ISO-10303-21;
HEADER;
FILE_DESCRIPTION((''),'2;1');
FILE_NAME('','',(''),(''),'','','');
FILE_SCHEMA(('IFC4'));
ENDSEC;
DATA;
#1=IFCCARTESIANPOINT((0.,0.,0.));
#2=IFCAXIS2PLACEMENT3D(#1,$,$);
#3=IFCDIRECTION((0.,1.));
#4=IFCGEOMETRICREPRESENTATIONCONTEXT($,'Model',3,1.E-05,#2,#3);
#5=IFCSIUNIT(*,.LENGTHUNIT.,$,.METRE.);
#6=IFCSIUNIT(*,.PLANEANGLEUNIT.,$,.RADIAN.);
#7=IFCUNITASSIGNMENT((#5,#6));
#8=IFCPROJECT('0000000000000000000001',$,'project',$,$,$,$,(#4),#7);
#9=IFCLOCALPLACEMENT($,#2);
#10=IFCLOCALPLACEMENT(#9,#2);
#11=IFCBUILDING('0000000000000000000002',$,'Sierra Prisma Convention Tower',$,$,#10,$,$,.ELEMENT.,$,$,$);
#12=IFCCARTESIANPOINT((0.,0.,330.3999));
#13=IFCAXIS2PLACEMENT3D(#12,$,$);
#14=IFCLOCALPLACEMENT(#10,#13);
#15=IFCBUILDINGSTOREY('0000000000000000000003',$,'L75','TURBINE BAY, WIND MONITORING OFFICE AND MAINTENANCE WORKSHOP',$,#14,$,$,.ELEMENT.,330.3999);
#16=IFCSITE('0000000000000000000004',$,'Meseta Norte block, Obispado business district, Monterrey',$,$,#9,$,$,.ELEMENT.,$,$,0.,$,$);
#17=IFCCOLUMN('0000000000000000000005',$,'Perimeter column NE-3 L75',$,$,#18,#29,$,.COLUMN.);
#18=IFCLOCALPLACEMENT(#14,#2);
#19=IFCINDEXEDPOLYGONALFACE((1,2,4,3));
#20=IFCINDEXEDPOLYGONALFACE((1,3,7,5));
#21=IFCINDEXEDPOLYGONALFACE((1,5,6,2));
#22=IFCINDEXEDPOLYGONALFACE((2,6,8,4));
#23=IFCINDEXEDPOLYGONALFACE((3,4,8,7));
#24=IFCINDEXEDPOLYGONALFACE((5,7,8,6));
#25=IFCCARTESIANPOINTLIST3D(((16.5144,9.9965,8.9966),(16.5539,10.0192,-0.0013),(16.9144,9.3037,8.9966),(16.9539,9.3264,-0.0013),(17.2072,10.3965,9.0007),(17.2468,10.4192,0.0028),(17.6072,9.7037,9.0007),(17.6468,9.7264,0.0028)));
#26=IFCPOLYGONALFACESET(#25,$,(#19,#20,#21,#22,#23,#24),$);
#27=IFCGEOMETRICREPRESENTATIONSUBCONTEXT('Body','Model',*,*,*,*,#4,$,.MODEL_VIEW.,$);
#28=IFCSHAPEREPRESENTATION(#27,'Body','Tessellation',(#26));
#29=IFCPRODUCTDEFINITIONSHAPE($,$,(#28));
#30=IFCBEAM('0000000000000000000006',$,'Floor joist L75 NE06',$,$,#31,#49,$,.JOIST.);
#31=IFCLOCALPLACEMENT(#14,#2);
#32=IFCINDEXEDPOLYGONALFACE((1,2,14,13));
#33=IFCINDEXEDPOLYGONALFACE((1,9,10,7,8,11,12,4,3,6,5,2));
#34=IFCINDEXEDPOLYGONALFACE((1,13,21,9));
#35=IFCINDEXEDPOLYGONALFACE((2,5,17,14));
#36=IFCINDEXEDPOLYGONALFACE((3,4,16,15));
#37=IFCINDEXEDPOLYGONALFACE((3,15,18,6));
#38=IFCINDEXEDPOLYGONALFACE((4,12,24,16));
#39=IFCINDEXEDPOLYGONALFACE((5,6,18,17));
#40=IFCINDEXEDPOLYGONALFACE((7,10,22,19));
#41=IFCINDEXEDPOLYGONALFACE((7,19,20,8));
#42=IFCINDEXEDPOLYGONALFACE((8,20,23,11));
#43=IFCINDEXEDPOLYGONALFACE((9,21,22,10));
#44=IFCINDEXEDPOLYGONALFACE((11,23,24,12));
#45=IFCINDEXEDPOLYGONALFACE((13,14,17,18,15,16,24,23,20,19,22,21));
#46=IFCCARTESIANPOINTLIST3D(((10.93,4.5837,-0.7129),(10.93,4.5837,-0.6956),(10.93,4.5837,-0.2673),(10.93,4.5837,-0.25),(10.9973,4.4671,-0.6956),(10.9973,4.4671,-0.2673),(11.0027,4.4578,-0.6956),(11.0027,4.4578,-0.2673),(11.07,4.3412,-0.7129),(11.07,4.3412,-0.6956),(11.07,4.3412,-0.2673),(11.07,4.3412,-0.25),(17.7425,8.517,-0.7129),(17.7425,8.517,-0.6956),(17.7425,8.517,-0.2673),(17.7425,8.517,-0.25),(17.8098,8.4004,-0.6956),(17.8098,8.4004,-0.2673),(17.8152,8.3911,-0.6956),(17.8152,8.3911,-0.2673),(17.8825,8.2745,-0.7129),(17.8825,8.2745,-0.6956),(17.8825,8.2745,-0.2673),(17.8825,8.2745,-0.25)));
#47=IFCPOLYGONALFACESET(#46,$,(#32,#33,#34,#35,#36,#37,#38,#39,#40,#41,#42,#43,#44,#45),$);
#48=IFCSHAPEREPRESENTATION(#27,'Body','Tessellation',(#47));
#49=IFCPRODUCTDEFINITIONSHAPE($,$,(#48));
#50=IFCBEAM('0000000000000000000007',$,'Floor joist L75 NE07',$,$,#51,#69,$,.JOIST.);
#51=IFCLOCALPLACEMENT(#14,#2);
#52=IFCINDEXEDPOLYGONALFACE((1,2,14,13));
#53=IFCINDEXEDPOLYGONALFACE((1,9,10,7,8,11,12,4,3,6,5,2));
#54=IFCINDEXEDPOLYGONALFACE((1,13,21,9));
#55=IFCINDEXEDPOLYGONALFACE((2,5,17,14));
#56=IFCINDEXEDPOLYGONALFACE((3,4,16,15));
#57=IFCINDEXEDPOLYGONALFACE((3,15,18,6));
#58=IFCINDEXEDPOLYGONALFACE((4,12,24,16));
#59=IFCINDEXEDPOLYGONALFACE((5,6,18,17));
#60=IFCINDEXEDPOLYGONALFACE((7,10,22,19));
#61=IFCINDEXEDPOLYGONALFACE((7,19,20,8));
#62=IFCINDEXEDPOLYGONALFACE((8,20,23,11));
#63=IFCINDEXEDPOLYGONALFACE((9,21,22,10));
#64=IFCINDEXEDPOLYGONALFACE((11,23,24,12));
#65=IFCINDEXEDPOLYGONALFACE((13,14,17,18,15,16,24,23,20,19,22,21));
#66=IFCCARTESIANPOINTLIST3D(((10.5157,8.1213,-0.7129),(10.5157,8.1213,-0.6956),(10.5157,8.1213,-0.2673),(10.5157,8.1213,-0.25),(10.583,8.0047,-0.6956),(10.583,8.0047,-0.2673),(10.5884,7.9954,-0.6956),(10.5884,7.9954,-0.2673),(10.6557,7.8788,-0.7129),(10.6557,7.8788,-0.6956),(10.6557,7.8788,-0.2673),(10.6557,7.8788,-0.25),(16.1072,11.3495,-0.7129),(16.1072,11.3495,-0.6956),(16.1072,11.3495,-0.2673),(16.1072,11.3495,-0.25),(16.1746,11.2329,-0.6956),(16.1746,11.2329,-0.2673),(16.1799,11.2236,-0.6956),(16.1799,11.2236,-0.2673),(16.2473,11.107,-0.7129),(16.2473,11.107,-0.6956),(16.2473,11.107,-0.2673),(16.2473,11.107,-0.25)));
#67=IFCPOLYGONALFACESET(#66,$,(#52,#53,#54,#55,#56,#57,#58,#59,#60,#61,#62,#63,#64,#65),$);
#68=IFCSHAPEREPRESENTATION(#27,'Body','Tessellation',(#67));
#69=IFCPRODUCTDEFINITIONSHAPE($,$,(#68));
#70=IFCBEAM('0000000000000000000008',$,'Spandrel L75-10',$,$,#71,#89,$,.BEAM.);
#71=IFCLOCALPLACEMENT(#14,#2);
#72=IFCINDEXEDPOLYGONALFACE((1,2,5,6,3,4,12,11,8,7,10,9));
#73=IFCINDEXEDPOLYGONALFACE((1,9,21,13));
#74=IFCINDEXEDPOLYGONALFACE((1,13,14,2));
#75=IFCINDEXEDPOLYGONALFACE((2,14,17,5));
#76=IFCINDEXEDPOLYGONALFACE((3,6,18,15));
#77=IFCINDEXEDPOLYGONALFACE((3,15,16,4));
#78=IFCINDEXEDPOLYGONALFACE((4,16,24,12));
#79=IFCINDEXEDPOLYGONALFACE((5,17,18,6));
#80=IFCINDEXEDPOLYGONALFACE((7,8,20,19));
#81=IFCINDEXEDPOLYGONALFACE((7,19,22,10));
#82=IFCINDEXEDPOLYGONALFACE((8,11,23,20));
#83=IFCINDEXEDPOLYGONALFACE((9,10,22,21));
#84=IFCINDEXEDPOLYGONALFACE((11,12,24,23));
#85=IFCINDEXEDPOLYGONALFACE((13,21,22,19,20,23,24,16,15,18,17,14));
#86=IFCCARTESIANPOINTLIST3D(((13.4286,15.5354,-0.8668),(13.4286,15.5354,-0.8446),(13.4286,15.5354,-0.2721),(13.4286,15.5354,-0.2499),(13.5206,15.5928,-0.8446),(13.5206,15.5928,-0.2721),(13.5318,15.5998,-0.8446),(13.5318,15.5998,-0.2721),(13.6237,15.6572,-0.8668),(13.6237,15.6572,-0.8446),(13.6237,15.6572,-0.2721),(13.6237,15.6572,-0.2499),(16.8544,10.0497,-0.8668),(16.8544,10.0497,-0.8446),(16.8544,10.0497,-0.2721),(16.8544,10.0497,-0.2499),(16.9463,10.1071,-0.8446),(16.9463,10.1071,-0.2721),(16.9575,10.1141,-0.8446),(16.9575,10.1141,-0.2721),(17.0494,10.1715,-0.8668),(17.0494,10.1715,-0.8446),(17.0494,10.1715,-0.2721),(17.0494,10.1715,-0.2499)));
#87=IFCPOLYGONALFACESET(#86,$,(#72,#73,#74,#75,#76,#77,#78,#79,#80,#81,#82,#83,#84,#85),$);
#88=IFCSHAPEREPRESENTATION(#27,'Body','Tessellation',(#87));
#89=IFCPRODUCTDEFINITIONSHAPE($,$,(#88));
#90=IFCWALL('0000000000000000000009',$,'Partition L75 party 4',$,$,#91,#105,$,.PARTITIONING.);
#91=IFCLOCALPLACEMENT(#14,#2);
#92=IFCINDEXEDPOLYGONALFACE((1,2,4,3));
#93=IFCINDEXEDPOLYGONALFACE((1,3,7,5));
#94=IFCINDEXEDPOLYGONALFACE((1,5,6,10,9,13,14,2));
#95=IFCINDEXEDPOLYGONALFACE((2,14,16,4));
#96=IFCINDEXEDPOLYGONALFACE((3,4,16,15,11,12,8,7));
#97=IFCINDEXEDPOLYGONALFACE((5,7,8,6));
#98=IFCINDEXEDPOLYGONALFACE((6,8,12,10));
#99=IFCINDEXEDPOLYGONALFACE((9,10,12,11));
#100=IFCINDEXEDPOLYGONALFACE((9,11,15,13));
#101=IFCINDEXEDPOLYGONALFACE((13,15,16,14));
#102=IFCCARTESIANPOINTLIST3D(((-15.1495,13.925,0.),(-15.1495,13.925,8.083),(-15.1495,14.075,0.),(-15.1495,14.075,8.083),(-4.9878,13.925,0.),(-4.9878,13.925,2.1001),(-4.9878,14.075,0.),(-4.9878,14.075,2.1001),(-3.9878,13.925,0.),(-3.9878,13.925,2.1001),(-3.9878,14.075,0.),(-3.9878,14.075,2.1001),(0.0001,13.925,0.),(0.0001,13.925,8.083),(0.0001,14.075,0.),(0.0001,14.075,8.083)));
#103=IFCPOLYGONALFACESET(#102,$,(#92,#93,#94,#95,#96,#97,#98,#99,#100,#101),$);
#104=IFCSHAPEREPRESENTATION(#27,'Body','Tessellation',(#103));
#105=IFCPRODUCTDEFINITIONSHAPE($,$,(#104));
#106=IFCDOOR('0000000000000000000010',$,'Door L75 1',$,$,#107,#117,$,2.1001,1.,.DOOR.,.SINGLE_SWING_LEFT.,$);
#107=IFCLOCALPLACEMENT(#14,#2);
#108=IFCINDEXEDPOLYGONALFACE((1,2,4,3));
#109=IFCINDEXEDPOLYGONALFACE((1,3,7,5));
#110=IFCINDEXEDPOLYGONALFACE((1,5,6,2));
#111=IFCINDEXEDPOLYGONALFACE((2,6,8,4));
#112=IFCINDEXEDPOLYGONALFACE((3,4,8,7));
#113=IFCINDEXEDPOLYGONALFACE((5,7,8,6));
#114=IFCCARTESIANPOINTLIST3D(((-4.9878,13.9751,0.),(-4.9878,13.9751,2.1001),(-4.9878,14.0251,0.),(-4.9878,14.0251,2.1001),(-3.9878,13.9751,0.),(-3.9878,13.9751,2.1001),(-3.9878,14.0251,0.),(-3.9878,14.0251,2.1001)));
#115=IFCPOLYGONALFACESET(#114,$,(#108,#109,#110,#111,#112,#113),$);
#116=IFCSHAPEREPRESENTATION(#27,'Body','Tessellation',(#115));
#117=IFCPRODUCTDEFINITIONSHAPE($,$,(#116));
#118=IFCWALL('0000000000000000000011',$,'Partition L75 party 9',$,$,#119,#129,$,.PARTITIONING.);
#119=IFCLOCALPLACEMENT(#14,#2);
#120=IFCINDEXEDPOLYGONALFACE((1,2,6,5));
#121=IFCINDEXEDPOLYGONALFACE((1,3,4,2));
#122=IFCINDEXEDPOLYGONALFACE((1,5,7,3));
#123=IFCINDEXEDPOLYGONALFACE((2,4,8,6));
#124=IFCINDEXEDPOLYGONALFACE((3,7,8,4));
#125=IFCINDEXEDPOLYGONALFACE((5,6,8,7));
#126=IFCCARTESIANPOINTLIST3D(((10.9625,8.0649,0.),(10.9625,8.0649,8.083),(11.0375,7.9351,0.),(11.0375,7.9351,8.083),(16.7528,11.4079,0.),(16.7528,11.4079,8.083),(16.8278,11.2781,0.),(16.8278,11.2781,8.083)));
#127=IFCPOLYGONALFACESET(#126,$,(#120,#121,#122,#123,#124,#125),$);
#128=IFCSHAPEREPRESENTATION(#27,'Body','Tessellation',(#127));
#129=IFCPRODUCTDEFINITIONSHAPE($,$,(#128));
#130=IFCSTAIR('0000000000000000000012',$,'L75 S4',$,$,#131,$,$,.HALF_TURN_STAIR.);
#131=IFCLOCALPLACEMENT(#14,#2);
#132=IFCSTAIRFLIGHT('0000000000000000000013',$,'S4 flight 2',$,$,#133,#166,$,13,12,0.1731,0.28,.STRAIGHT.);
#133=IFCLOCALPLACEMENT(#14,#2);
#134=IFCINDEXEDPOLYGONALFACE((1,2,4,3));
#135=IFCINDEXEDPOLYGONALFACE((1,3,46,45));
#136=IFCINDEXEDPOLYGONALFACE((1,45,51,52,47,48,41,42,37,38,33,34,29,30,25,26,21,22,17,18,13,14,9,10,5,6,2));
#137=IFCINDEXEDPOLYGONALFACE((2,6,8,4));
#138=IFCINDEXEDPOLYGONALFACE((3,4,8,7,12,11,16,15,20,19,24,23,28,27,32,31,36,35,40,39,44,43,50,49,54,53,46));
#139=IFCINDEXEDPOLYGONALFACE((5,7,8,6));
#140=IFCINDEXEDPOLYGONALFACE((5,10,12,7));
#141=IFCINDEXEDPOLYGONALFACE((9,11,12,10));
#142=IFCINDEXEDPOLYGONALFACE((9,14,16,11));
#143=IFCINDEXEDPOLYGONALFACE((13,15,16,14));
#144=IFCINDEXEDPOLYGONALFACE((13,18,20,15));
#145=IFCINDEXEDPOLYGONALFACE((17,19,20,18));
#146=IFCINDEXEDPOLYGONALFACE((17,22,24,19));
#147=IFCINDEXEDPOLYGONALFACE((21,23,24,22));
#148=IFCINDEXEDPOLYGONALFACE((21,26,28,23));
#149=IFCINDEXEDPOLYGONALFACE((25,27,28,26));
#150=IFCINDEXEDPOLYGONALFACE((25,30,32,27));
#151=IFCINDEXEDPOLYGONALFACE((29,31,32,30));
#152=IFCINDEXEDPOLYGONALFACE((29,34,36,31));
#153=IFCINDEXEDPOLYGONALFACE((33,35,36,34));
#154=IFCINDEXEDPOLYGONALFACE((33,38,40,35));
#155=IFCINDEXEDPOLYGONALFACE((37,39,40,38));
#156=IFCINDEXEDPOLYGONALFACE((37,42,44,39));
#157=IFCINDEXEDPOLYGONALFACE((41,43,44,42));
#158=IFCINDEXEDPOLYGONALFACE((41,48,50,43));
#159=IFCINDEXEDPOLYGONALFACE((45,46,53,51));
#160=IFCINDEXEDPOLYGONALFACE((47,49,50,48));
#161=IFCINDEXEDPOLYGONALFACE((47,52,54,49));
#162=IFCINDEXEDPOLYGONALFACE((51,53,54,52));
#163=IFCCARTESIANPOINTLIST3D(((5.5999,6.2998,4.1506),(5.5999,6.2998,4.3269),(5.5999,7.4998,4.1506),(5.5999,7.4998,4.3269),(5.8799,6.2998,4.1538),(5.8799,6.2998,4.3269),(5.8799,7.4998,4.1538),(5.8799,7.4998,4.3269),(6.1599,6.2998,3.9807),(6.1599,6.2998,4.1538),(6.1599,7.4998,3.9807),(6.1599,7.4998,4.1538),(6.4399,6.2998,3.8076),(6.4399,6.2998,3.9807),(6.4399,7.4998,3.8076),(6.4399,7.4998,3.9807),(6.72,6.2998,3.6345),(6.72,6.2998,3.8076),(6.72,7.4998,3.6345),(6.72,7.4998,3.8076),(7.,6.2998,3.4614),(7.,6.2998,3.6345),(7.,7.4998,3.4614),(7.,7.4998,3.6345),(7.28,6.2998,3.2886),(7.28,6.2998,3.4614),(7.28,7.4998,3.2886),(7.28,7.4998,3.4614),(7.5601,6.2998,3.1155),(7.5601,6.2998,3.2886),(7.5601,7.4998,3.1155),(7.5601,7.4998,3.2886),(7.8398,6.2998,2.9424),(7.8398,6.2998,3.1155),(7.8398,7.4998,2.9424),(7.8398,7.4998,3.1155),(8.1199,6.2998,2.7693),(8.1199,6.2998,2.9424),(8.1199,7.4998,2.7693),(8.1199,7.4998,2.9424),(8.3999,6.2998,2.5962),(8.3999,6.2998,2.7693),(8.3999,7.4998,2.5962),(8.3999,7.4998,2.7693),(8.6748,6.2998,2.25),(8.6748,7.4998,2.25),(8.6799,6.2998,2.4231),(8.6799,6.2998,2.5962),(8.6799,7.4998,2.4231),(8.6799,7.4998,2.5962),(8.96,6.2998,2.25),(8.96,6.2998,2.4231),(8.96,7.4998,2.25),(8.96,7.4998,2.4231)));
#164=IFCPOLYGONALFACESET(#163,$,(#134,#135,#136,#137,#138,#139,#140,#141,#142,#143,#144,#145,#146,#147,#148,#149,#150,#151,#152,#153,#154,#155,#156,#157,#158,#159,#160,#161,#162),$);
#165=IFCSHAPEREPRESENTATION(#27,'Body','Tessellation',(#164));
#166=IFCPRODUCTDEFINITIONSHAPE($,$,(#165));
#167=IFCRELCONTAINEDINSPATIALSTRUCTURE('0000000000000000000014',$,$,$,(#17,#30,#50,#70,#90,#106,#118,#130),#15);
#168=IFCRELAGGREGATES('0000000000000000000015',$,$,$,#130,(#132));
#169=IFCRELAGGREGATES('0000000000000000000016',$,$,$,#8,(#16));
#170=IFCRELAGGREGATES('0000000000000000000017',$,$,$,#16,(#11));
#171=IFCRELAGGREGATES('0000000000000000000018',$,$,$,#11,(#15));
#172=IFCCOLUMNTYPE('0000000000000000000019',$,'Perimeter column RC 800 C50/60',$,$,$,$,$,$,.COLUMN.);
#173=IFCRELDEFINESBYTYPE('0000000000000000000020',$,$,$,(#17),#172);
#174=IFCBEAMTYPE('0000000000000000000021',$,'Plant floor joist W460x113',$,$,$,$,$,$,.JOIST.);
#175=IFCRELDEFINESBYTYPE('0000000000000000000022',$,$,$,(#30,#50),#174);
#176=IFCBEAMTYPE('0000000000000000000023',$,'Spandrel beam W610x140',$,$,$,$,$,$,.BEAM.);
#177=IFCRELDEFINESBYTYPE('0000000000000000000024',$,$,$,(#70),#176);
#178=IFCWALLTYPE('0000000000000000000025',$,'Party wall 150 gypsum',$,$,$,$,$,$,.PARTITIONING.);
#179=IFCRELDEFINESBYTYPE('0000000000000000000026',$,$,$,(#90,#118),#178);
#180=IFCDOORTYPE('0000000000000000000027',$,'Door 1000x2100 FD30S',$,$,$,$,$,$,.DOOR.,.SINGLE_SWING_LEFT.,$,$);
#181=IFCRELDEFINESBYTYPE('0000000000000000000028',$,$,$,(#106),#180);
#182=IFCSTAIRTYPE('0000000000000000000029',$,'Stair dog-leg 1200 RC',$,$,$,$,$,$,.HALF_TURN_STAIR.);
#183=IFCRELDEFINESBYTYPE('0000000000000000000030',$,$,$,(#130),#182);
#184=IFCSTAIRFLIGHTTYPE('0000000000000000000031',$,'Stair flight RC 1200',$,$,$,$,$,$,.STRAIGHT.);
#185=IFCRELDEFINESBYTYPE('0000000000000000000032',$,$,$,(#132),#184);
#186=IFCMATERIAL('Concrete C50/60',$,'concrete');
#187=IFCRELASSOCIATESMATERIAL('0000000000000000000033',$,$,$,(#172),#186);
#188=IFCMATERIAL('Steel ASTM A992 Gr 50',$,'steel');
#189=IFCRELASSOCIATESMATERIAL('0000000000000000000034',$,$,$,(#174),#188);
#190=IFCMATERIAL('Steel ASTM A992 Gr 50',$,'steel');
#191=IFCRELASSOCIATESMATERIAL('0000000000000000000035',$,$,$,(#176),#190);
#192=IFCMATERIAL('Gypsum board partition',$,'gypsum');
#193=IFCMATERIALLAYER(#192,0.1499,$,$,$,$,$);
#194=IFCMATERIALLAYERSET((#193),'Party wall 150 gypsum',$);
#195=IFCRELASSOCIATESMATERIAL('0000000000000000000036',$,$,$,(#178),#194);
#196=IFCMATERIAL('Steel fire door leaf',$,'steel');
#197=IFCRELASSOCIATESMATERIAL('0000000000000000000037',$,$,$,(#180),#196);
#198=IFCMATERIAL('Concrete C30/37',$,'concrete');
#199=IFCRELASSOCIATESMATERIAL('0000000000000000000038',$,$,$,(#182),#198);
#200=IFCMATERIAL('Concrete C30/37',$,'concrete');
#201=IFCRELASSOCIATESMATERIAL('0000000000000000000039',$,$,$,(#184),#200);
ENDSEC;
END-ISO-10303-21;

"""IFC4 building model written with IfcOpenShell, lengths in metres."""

from ifc_helpers import new_model, si_unit, direction, frame, frame_2d, origin, origin_2d, place, context, subcontext, project, spatial, polyline, rectangle, i_section, outline, extrude, clip, halfspace, material, layer, layer_set, material_profile, profile_set, type_object, element, fill, aggregate, save


model = new_model("IFC4")

# Units and contexts
model_context = context("Model", 3, precision=1e-05, world=origin(), true_north=direction((0.0, 1.0)))
body_context = subcontext(model_context, "Body", "Model", "MODEL_VIEW")
ifc_project = project(units=[si_unit("LENGTHUNIT", "METRE"), si_unit("PLANEANGLEUNIT", "RADIAN")], contexts=[model_context])

# Site, building, storey
site_placement = place(None, origin())
site = spatial("IfcSite", under=ifc_project, at=site_placement, Name="Meseta Norte block, Obispado business district, Monterrey", CompositionType="ELEMENT", RefElevation=0.0)
building_placement = place(site_placement, origin())
building = spatial("IfcBuilding", under=site, at=building_placement, Name="Sierra Prisma Convention Tower", CompositionType="ELEMENT")
storey_placement = place(building_placement, frame((0.0, 0.0, 330.3999)))
storey = spatial("IfcBuildingStorey", under=building, at=storey_placement, Name="L75", Description="TURBINE BAY, WIND MONITORING OFFICE AND MAINTENANCE WORKSHOP", CompositionType="ELEMENT", Elevation=330.3999)

# Column
ifc_material_1 = material(Name="Concrete C50/60", Category="concrete")
ifc_material_profile_1 = material_profile(ifc_material_1, rectangle(XDim=0.8, YDim=0.8, at=origin_2d()), Name="Perimeter column RC 800 C50/60")
ifc_profile_set_1 = profile_set([ifc_material_profile_1], Name="Concrete C50/60")
column_type = type_object("IfcColumnType", Name="Perimeter column RC 800 C50/60", PredefinedType="COLUMN", material=ifc_profile_set_1)
column_placement = place(storey_placement, frame((17.1003, 9.8728, 0.0), z_axis=(-0.004394, -0.002523, 0.999987), x_axis=(-0.499995, 0.866028, -0.000012)))
element("IfcColumn", 1, at=column_placement, inside=storey, type_object=column_type, Name="Perimeter column NE-3 L75", PredefinedType="COLUMN", context=body_context, shape_type="SweptSolid", body=[
    clip(clip(extrude(rectangle(XDim=0.8, YDim=0.8, at=origin_2d()), origin(), (0.0, 0.0, 1.0), 9.0), halfspace(frame((0.0, 0.0, 0.0007)), True)), halfspace(frame((0.0, 0.0, 8.9988)), False)),
])

# Beams
ifc_material_2 = material(Name="Steel ASTM A992 Gr 50", Category="steel")
ifc_material_profile_2 = material_profile(ifc_material_2, i_section(OverallWidth=0.28, OverallDepth=0.4629, WebThickness=0.0107, FlangeThickness=0.0173, at=origin_2d()), Name="W460x113")
ifc_profile_set_2 = profile_set([ifc_material_profile_2], Name="Steel ASTM A992 Gr 50")
beam_type_1 = type_object("IfcBeamType", Name="Plant floor joist W460x113", PredefinedType="JOIST", material=ifc_profile_set_2)
beam_1_placement = place(storey_placement, frame((17.8125, 8.3958, -0.4814), z_axis=(-0.866017, -0.500014, 0.0), x_axis=(0.500014, -0.866017, 0.0)))
element("IfcBeam", 2, at=beam_1_placement, inside=storey, type_object=beam_type_1, Name="Floor joist L75 NE06", PredefinedType="JOIST", context=body_context, shape_type="SweptSolid", body=[
    extrude(i_section(OverallWidth=0.28, OverallDepth=0.4629, WebThickness=0.0107, FlangeThickness=0.0173, at=origin_2d()), origin(), (0.0, 0.0, 1.0), 7.8665),
])
beam_2_placement = place(storey_placement, frame((16.1772, 11.2283, -0.4814), z_axis=(-0.866026, -0.499998, 0.0), x_axis=(0.499998, -0.866026, 0.0)))
element("IfcBeam", 3, at=beam_2_placement, inside=storey, type_object=beam_type_1, Name="Floor joist L75 NE07", PredefinedType="JOIST", context=body_context, shape_type="SweptSolid", body=[
    extrude(i_section(OverallWidth=0.28, OverallDepth=0.4629, WebThickness=0.0107, FlangeThickness=0.0173, at=origin_2d()), origin(), (0.0, 0.0, 1.0), 6.4565),
])
ifc_material_3 = material(Name="Steel ASTM A992 Gr 50", Category="steel")
ifc_material_profile_3 = material_profile(ifc_material_3, i_section(OverallWidth=0.23, OverallDepth=0.6169, WebThickness=0.0132, FlangeThickness=0.0222, at=origin_2d()), Name="W610x140")
ifc_profile_set_3 = profile_set([ifc_material_profile_3], Name="Steel ASTM A992 Gr 50")
beam_type_2 = type_object("IfcBeamType", Name="Spandrel beam W610x140", PredefinedType="BEAM", material=ifc_profile_set_3)
beam_3_placement = place(storey_placement, frame((16.9519, 10.1106, -0.5583), z_axis=(-0.52968, 0.848198, 0.0), x_axis=(-0.848198, -0.52968, 0.0)))
element("IfcBeam", 4, at=beam_3_placement, inside=storey, type_object=beam_type_2, Name="Spandrel L75-10", PredefinedType="BEAM", context=body_context, shape_type="SweptSolid", body=[
    extrude(i_section(OverallWidth=0.23, OverallDepth=0.6169, WebThickness=0.0132, FlangeThickness=0.0222, at=origin_2d()), origin(), (0.0, 0.0, 1.0), 6.4675),
])

# Wall, opening, door
ifc_material_4 = material(Name="Gypsum board partition", Category="gypsum")
ifc_layer_1 = layer(ifc_material_4, 0.1499)
ifc_layer_set_1 = layer_set([ifc_layer_1], Name="Party wall 150 gypsum")
wall_type_1 = type_object("IfcWallType", Name="Party wall 150 gypsum", PredefinedType="PARTITIONING", material=ifc_layer_set_1)
wall_1_placement = place(storey_placement, frame((0.0, 14.0, 0.0), z_axis=(0.0, 0.0, 1.0), x_axis=(-1.0, 0.0, 0.0)))
wall_1 = element("IfcWall", 5, at=wall_1_placement, inside=storey, type_object=wall_type_1, Name="Partition L75 party 4", PredefinedType="PARTITIONING", context=body_context, shape_type="SweptSolid", body=[
    extrude(rectangle(XDim=15.1497, YDim=0.1499, at=frame_2d((7.5747, 0.0))), origin(), (0.0, 0.0, 1.0), 8.083),
])
opening_1_placement = place(wall_1_placement, frame((3.9878, 0.0, 0.0)))
opening_1 = element("IfcOpeningElement", 6, at=opening_1_placement, cuts=wall_1, PredefinedType="OPENING", context=body_context, shape_type="SweptSolid", body=[
    extrude(rectangle(XDim=1.0, YDim=2.1001, at=frame_2d((0.5, 1.05))), frame((0.0, 0.075, 0.0), z_axis=(0.0, -1.0, 0.0), x_axis=(1.0, 0.0, 0.0)), (0.0, 0.0, 1.0), 0.1499),
])
ifc_material_5 = material(Name="Steel fire door leaf", Category="steel")
door_type_1 = type_object("IfcDoorType", Name="Door 1000x2100 FD30S", OperationType="SINGLE_SWING_LEFT", PredefinedType="DOOR", material=ifc_material_5)
door_1_placement = place(opening_1_placement, origin())
door_1 = element("IfcDoor", 7, at=door_1_placement, inside=storey, type_object=door_type_1, Name="Door L75 1", OperationType="SINGLE_SWING_LEFT", OverallHeight=2.1001, OverallWidth=1.0, PredefinedType="DOOR", context=body_context, shape_type="SweptSolid", body=[
    extrude(rectangle(XDim=1.0, YDim=2.1001, at=frame_2d((0.5, 1.05))), frame((0.0, 0.0249, 0.0), z_axis=(0.0, -1.0, 0.0), x_axis=(1.0, 0.0, 0.0)), (0.0, 0.0, 1.0), 0.05),
])
fill(opening_1, door_1)

# Wall
wall_2_placement = place(storey_placement, frame((11.0, 8.0, 0.0), z_axis=(0.0, 0.0, 1.0), x_axis=(0.866026, 0.5, 0.0)))
element("IfcWall", 8, at=wall_2_placement, inside=storey, type_object=wall_type_1, Name="Partition L75 party 9", PredefinedType="PARTITIONING", context=body_context, shape_type="SweptSolid", body=[
    extrude(rectangle(XDim=6.686, YDim=0.1499, at=frame_2d((3.343, 0.0))), origin(), (0.0, 0.0, 1.0), 8.083),
])

# Stair, stair flight
ifc_material_6 = material(Name="Concrete C30/37", Category="concrete")
stair_type = type_object("IfcStairType", Name="Stair dog-leg 1200 RC", PredefinedType="HALF_TURN_STAIR", material=ifc_material_6)
stair_placement = place(storey_placement, origin())
stair = element("IfcStair", 9, at=stair_placement, inside=storey, type_object=stair_type, Name="L75 S4", PredefinedType="HALF_TURN_STAIR")
ifc_material_7 = material(Name="Concrete C30/37", Category="concrete")
stair_flight_type = type_object("IfcStairFlightType", Name="Stair flight RC 1200", PredefinedType="STRAIGHT", material=ifc_material_7)
stair_flight_1_placement = place(storey_placement, frame((8.96, 6.8999, 2.25), z_axis=(0.0, 0.0, 1.0), x_axis=(-1.0, 0.0, 0.0)))
stair_flight_1 = element("IfcStairFlight", 10, at=stair_flight_1_placement, type_object=stair_flight_type, Name="S4 flight 2", NumberOfRisers=13, NumberOfTreads=12, PredefinedType="STRAIGHT", RiserHeight=0.1731, TreadLength=0.28, context=body_context, shape_type="SweptSolid", body=[
    extrude(outline(polyline([(0.0, 0.0), (0.0, 0.1731), (0.28, 0.1731), (0.28, 0.3462), (0.5601, 0.3462), (0.5601, 0.5193), (0.8401, 0.5193), (0.8401, 0.6924), (1.1201, 0.6924), (1.1201, 0.8655), (1.3999, 0.8655), (1.3999, 1.0386), (1.6799, 1.0386), (1.6799, 1.2114), (1.96, 1.2114), (1.96, 1.3845), (2.24, 1.3845), (2.24, 1.5576), (2.52, 1.5576), (2.52, 1.7307), (2.8, 1.7307), (2.8, 1.9038), (3.0801, 1.9038), (3.0801, 2.0769), (3.3601, 2.0769), (3.3601, 2.25), (3.3601, 1.9006), (0.2852, 0.0), (0.0, 0.0)])), frame((0.0, 0.6001, 0.0), z_axis=(0.0, -1.0, 0.0), x_axis=(1.0, 0.0, 0.0)), (0.0, 0.0, 1.0), 1.2),
])
aggregate(stair, [stair_flight_1])

save(model, "model.ifc")
